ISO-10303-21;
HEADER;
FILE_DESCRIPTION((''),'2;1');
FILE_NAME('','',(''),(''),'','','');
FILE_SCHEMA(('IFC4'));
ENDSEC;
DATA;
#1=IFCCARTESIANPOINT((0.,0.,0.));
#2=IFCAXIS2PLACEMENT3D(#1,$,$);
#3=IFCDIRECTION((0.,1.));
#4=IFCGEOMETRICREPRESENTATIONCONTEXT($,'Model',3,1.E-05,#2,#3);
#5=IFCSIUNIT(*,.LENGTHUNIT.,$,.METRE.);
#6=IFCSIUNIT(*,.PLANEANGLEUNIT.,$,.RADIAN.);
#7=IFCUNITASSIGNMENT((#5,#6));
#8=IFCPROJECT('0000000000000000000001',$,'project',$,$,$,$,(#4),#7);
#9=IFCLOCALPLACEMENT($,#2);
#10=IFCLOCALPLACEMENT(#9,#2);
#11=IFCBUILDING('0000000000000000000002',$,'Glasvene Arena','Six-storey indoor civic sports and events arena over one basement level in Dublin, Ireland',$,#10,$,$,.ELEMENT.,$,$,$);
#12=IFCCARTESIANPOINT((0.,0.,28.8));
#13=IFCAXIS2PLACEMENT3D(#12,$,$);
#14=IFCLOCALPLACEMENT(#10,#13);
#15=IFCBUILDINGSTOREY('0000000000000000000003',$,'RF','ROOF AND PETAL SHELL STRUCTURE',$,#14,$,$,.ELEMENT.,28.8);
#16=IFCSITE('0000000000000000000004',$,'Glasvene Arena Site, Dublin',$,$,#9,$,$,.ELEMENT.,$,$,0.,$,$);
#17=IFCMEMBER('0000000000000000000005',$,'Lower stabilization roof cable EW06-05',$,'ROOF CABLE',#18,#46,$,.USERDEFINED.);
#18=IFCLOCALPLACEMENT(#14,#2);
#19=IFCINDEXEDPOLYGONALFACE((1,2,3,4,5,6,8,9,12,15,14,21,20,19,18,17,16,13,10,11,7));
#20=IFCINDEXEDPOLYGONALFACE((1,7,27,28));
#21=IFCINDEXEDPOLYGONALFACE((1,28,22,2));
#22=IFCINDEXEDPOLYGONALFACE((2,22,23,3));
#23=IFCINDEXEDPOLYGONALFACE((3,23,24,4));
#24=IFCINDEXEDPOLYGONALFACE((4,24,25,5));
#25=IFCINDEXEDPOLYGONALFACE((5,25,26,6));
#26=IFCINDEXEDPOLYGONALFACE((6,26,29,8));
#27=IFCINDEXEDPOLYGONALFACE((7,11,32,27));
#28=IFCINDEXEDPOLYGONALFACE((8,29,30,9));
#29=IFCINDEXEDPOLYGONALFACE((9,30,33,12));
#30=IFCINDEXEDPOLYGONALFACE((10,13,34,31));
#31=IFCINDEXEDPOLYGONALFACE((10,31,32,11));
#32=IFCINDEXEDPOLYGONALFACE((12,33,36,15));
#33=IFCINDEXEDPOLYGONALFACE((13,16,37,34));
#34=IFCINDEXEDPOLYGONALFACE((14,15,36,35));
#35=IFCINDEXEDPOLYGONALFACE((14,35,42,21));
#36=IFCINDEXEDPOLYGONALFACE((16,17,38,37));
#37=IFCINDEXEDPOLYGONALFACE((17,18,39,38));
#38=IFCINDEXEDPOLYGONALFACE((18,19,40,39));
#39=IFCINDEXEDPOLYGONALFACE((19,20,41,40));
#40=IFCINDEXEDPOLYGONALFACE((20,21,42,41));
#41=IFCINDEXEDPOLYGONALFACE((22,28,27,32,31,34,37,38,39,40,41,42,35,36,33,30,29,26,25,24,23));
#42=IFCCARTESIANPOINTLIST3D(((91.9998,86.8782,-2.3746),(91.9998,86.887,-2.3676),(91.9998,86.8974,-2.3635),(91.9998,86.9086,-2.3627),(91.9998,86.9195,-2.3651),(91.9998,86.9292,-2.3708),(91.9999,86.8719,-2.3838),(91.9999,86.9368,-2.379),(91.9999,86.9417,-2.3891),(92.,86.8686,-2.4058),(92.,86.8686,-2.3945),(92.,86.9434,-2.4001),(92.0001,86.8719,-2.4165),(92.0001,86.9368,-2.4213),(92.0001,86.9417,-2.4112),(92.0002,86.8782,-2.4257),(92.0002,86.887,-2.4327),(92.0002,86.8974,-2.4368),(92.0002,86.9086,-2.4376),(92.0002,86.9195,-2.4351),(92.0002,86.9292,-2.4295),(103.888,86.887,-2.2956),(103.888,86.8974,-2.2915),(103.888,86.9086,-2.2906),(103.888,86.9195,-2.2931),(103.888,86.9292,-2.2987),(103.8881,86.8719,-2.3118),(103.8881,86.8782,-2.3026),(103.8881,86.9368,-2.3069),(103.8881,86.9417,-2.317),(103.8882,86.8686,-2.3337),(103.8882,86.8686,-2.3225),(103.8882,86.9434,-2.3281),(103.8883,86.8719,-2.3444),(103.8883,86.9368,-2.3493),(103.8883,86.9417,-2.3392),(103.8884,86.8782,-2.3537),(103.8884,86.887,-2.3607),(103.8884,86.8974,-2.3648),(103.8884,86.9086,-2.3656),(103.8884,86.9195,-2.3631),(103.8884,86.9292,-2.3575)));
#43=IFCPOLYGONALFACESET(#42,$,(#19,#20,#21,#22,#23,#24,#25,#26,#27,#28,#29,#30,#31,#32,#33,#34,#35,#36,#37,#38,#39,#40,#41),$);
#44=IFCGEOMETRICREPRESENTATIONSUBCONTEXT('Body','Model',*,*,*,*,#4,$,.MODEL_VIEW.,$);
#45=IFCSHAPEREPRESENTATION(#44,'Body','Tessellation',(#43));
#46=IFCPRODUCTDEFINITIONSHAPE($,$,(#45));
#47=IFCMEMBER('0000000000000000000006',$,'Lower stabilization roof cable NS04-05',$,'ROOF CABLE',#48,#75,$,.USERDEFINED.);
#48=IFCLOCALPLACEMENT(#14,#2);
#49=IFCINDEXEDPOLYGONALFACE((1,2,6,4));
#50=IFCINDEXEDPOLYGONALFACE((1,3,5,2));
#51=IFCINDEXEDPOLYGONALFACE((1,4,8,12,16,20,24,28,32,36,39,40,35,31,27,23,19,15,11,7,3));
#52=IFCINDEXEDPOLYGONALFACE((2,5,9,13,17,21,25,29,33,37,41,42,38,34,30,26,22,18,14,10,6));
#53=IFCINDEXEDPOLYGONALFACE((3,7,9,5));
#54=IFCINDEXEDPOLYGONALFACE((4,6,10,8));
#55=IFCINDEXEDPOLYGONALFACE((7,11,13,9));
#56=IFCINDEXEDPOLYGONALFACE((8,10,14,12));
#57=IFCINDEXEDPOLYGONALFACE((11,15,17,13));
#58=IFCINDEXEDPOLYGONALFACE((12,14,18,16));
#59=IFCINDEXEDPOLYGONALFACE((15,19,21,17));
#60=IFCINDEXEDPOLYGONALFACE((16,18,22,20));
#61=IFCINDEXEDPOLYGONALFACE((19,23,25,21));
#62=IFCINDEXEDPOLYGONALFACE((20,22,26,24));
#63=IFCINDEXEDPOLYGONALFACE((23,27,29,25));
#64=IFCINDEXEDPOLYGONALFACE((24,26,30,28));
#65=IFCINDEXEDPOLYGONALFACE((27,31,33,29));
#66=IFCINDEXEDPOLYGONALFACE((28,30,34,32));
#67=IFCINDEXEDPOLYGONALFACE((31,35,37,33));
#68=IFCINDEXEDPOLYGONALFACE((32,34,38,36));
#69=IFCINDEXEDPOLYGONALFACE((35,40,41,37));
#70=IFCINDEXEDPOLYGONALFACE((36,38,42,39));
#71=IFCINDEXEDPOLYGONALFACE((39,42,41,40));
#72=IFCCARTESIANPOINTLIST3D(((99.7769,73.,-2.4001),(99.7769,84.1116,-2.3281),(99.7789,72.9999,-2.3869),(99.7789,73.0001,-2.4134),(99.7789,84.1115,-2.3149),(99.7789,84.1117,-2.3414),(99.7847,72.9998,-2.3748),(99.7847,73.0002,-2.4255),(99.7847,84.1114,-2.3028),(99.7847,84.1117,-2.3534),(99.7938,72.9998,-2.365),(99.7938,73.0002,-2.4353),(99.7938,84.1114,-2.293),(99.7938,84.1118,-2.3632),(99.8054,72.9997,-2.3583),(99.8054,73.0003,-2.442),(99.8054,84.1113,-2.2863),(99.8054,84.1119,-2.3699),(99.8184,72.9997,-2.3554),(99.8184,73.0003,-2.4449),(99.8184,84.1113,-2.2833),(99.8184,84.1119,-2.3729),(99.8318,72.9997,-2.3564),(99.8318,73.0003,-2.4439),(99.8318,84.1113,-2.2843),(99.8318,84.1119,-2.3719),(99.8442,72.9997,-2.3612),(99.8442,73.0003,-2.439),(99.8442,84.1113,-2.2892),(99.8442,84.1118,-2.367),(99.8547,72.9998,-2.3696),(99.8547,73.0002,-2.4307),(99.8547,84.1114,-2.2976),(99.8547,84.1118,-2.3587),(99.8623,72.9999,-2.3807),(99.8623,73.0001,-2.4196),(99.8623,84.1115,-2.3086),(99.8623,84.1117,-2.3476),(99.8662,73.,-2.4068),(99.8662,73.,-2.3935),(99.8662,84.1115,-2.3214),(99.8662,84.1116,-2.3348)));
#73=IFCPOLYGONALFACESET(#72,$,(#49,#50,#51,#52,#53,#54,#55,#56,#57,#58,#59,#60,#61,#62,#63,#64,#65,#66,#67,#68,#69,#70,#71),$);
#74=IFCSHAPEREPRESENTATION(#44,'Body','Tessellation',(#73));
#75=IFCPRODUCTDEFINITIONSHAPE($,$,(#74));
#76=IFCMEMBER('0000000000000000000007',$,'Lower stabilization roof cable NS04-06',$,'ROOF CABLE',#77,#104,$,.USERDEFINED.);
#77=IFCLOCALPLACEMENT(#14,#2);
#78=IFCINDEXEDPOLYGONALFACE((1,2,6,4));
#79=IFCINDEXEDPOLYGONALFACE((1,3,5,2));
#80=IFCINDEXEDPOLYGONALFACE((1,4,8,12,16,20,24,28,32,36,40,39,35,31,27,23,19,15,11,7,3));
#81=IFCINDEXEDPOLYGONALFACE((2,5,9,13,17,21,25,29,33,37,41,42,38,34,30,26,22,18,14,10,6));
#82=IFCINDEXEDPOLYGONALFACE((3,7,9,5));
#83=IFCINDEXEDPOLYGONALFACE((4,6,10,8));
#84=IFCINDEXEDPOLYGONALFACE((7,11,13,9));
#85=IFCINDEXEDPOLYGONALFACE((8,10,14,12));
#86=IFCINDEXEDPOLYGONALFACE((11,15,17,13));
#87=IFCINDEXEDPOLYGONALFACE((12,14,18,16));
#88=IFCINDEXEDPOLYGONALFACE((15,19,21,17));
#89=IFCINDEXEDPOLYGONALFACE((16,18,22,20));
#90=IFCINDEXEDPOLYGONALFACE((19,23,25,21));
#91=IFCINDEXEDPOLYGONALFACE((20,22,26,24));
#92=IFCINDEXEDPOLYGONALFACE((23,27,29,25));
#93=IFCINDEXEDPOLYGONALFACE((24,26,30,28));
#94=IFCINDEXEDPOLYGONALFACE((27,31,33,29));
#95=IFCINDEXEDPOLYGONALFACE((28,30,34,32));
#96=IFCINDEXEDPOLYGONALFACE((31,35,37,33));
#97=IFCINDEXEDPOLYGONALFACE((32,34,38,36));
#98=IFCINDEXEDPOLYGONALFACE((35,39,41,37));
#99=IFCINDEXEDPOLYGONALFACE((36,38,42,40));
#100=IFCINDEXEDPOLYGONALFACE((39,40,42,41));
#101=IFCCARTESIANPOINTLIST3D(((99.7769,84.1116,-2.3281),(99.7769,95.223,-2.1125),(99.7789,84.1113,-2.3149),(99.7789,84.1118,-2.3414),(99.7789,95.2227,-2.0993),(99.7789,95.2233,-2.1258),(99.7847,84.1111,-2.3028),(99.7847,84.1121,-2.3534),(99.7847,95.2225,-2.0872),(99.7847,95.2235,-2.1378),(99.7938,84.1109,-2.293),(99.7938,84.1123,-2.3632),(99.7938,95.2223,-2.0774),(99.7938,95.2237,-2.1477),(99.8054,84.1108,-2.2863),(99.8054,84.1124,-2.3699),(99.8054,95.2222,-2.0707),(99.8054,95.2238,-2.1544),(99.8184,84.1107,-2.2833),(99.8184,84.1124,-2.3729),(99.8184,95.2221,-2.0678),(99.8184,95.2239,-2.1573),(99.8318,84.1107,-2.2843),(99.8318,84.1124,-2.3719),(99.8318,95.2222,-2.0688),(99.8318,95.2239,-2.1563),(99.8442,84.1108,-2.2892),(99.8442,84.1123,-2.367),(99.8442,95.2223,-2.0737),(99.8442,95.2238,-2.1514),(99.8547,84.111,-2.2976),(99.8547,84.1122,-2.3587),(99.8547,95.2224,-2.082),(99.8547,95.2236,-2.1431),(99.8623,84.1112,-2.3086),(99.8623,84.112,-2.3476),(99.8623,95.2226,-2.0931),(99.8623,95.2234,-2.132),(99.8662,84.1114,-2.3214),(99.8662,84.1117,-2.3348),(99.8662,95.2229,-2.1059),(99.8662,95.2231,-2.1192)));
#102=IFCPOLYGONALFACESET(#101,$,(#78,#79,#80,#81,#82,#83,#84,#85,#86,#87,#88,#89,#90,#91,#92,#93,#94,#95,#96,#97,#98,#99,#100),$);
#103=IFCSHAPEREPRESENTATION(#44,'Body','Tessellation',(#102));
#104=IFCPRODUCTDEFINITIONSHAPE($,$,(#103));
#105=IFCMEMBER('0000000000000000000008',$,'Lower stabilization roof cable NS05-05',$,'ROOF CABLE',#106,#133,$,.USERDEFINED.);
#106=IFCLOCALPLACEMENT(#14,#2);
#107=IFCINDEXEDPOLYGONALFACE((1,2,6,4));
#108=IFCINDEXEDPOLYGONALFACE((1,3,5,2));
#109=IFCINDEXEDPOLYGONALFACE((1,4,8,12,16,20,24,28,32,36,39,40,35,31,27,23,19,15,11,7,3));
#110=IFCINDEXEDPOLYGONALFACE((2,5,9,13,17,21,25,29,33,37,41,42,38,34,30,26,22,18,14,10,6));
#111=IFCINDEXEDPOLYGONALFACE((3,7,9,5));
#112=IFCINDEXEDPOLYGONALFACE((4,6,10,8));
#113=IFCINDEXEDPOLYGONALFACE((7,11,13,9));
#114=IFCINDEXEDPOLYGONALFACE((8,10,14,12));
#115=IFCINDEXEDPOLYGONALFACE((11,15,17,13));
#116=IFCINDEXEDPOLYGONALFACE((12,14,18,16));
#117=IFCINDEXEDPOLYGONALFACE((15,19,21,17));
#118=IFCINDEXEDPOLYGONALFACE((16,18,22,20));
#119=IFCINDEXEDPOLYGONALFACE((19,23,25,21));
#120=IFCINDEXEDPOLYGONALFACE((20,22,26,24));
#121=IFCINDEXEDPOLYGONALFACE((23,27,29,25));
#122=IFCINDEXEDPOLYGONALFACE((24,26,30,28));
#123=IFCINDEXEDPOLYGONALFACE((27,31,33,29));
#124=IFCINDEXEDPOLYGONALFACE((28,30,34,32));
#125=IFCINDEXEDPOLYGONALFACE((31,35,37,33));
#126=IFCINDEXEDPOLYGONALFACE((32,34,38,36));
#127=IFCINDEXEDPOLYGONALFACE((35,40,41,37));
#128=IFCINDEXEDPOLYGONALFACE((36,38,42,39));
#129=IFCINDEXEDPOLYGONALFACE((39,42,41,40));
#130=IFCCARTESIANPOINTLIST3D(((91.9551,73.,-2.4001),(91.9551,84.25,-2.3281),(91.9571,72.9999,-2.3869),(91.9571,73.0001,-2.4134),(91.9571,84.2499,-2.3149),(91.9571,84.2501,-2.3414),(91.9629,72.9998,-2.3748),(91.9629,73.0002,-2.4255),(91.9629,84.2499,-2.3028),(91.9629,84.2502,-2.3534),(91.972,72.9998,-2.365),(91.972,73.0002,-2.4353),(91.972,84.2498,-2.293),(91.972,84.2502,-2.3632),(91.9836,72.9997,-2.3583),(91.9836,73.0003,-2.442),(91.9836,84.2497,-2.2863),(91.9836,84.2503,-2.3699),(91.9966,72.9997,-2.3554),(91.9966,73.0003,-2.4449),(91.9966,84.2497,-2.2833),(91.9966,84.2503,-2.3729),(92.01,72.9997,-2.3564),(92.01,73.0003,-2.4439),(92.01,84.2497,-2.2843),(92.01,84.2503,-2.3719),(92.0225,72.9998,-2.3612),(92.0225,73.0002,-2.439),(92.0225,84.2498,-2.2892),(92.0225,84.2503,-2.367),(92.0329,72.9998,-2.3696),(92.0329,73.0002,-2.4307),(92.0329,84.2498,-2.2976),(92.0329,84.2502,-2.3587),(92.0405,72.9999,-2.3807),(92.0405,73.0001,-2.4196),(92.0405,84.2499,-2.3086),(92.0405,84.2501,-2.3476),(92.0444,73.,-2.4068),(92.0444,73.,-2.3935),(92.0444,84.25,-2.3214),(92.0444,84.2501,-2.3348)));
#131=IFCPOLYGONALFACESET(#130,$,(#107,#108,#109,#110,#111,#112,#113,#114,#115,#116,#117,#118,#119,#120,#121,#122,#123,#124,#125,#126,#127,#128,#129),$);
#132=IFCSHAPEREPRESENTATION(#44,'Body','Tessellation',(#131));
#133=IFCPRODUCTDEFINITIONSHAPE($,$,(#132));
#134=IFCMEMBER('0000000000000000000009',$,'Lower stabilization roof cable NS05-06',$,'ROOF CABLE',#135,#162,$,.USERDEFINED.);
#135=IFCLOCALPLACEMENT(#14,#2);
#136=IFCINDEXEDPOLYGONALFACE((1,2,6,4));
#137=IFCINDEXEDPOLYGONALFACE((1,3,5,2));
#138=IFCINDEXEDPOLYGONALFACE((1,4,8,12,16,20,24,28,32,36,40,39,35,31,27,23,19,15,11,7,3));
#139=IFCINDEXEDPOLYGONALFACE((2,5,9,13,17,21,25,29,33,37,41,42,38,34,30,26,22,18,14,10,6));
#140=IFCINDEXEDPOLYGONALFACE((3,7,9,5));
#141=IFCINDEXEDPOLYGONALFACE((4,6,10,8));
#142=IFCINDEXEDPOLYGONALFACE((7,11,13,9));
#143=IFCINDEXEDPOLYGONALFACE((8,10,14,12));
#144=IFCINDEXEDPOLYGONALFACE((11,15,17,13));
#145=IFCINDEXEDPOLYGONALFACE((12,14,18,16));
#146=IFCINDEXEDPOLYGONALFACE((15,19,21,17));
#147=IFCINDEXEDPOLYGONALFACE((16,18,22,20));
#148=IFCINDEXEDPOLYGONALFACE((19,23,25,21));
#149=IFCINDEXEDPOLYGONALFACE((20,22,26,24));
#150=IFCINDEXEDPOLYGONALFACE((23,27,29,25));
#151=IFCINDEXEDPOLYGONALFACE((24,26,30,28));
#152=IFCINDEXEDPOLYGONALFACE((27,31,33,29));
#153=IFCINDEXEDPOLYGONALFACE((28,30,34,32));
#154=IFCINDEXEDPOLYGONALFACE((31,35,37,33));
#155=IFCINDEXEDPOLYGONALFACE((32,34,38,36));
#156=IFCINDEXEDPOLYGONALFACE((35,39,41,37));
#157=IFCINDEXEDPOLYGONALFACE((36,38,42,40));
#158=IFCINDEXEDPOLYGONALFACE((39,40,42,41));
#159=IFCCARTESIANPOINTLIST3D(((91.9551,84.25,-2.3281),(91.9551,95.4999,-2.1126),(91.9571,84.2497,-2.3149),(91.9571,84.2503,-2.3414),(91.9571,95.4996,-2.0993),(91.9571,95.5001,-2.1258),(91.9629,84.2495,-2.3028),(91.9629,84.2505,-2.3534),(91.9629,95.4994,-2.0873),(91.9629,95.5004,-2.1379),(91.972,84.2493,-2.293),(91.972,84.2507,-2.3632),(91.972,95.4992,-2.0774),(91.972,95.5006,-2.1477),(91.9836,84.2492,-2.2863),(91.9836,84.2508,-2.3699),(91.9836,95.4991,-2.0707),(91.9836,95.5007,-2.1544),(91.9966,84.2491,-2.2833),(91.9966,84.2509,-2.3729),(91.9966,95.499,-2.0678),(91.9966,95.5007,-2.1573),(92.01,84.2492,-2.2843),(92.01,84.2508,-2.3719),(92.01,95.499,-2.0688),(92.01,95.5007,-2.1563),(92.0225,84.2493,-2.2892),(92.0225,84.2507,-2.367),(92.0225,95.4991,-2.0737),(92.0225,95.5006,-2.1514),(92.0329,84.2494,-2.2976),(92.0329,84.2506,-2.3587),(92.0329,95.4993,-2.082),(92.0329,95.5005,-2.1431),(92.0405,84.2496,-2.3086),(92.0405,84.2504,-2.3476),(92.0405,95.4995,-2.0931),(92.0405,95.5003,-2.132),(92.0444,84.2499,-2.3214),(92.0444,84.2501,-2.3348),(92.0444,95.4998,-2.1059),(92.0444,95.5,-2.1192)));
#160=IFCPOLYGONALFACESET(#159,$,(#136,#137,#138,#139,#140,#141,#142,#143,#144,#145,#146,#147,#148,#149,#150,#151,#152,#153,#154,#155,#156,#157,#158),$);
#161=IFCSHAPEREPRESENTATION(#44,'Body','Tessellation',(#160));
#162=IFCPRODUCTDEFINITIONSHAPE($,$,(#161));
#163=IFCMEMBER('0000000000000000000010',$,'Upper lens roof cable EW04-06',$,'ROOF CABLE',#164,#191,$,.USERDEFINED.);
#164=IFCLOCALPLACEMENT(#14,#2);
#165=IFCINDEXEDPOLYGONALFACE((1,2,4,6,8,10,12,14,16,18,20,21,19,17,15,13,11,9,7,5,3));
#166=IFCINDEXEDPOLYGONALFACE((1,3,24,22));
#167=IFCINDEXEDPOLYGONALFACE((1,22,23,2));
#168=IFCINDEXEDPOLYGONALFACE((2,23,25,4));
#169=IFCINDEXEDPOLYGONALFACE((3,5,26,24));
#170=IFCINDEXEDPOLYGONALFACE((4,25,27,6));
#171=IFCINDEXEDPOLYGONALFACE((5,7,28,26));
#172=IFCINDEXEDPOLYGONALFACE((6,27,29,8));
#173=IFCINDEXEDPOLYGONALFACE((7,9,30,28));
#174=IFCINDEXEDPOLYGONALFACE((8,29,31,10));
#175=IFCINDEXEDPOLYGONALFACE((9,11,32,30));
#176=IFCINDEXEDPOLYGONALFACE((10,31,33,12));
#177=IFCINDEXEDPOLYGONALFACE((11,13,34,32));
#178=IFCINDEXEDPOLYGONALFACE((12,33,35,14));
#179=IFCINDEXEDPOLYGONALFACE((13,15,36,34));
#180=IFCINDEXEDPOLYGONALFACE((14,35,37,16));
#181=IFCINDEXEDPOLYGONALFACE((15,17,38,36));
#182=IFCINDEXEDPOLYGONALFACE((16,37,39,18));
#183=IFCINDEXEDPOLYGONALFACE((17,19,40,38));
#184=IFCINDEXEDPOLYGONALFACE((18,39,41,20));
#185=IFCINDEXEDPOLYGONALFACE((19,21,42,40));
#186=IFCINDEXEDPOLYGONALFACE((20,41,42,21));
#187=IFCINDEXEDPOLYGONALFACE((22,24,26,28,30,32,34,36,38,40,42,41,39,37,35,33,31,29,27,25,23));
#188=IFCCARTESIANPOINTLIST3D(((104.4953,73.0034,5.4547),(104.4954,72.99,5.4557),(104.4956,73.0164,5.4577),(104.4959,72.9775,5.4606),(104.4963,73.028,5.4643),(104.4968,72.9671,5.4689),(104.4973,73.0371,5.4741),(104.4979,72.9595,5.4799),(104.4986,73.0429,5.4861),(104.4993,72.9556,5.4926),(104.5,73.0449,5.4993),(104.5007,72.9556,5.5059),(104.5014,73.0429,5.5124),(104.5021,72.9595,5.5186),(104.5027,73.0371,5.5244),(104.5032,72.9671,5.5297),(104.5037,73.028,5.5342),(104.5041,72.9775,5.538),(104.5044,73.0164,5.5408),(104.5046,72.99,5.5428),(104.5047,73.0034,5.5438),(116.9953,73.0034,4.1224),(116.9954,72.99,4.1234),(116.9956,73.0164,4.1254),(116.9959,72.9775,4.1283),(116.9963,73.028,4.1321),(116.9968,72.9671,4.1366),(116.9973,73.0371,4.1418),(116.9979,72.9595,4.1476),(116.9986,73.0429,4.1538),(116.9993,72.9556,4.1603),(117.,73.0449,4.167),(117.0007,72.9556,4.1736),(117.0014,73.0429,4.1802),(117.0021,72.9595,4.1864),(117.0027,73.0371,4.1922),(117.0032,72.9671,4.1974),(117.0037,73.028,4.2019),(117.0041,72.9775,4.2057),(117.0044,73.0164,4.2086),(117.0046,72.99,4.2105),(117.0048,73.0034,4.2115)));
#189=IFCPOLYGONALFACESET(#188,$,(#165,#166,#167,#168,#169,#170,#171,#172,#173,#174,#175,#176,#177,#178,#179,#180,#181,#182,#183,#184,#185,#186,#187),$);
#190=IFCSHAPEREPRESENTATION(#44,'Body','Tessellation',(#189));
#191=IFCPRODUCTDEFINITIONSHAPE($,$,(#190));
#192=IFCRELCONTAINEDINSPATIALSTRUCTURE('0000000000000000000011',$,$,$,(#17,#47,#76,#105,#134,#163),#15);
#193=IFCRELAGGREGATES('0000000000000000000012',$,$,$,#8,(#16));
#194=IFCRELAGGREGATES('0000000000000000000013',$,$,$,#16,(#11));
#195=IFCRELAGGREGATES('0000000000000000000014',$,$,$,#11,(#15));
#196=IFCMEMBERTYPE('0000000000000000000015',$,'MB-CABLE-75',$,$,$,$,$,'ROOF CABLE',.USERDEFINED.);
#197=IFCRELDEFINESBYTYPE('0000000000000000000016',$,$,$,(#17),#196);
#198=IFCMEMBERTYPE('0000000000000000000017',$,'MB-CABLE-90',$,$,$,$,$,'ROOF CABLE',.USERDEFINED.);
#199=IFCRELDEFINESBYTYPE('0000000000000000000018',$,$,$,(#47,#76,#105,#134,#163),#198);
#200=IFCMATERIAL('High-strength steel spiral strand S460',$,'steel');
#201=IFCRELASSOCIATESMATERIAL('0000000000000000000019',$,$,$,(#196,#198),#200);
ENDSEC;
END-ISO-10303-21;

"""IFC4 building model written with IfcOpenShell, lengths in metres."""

from ifc_helpers import new_model, si_unit, direction, frame, origin, origin_2d, place, context, subcontext, project, spatial, circle, extrude, material, material_profile, profile_set, type_object, element, save


model = new_model("IFC4")

# Units and contexts
model_context = context("Model", 3, precision=1e-05, world=origin(), true_north=direction((0.0, 1.0)))
body_context = subcontext(model_context, "Body", "Model", "MODEL_VIEW")
ifc_project = project(units=[si_unit("LENGTHUNIT", "METRE"), si_unit("PLANEANGLEUNIT", "RADIAN")], contexts=[model_context])

# Site, building, storey
site_placement = place(None, origin())
site = spatial("IfcSite", under=ifc_project, at=site_placement, Name="Glasvene Arena Site, Dublin", CompositionType="ELEMENT", RefElevation=0.0)
building_placement = place(site_placement, origin())
building = spatial("IfcBuilding", under=site, at=building_placement, Name="Glasvene Arena", Description="Six-storey indoor civic sports and events arena over one basement level in Dublin, Ireland", CompositionType="ELEMENT")
storey_placement = place(building_placement, frame((0.0, 0.0, 28.8)))
storey = spatial("IfcBuildingStorey", under=building, at=storey_placement, Name="RF", Description="ROOF AND PETAL SHELL STRUCTURE", CompositionType="ELEMENT", Elevation=28.8)

# Members
ifc_material_1 = material(Name="High-strength steel spiral strand S460", Category="steel")
ifc_material_profile_1 = material_profile(ifc_material_1, circle(Radius=0.0376, at=origin_2d()), Name="LCSS D75")
ifc_profile_set_1 = profile_set([ifc_material_profile_1], Name="High-strength steel spiral strand S460")
member_type_1 = type_object("IfcMemberType", Name="MB-CABLE-75", ElementType="ROOF CABLE", PredefinedType="USERDEFINED", material=ifc_profile_set_1)
member_1_placement = place(storey_placement, frame((92.0, 86.9058, -2.4001), z_axis=(0.999982, 0.0, 0.006058), x_axis=(0.0, 1.0, 0.0)))
element("IfcMember", 1, at=member_1_placement, inside=storey, type_object=member_type_1, Name="Lower stabilization roof cable EW06-05", ObjectType="ROOF CABLE", PredefinedType="USERDEFINED", context=body_context, shape_type="SweptSolid", body=[
    extrude(circle(Radius=0.0376, at=origin_2d()), origin(), (0.0, 0.0, 1.0), 11.8884),
])
ifc_material_profile_2 = material_profile(ifc_material_1, circle(Radius=0.0449, at=origin_2d()), Name="LCSS D90")
ifc_profile_set_2 = profile_set([ifc_material_profile_2], Name="High-strength steel spiral strand S460")
member_type_2 = type_object("IfcMemberType", Name="MB-CABLE-90", ElementType="ROOF CABLE", PredefinedType="USERDEFINED", material=ifc_profile_set_2)
member_2_placement = place(storey_placement, frame((99.8218, 73.0, -2.4001), z_axis=(0.0, 0.999979, 0.006482), x_axis=(-1.0, 0.0, 0.0)))
element("IfcMember", 2, at=member_2_placement, inside=storey, type_object=member_type_2, Name="Lower stabilization roof cable NS04-05", ObjectType="ROOF CABLE", PredefinedType="USERDEFINED", context=body_context, shape_type="SweptSolid", body=[
    extrude(circle(Radius=0.0449, at=origin_2d()), origin(), (0.0, 0.0, 1.0), 11.1118),
])
member_3_placement = place(storey_placement, frame((99.8218, 84.1116, -2.3281), z_axis=(0.0, 0.999812, 0.019398), x_axis=(-1.0, 0.0, 0.0)))
element("IfcMember", 3, at=member_3_placement, inside=storey, type_object=member_type_2, Name="Lower stabilization roof cable NS04-06", ObjectType="ROOF CABLE", PredefinedType="USERDEFINED", context=body_context, shape_type="SweptSolid", body=[
    extrude(circle(Radius=0.0449, at=origin_2d()), origin(), (0.0, 0.0, 1.0), 11.1135),
])
member_4_placement = place(storey_placement, frame((92.0, 73.0, -2.4001), z_axis=(0.0, 0.99998, 0.006402), x_axis=(-1.0, 0.0, 0.0)))
element("IfcMember", 4, at=member_4_placement, inside=storey, type_object=member_type_2, Name="Lower stabilization roof cable NS05-05", ObjectType="ROOF CABLE", PredefinedType="USERDEFINED", context=body_context, shape_type="SweptSolid", body=[
    extrude(circle(Radius=0.0449, at=origin_2d()), origin(), (0.0, 0.0, 1.0), 11.2502),
])
member_5_placement = place(storey_placement, frame((92.0, 84.25, -2.3281), z_axis=(0.0, 0.999816, 0.019159), x_axis=(-1.0, 0.0, 0.0)))
element("IfcMember", 5, at=member_5_placement, inside=storey, type_object=member_type_2, Name="Lower stabilization roof cable NS05-06", ObjectType="ROOF CABLE", PredefinedType="USERDEFINED", context=body_context, shape_type="SweptSolid", body=[
    extrude(circle(Radius=0.0449, at=origin_2d()), origin(), (0.0, 0.0, 1.0), 11.252),
])
member_6_placement = place(storey_placement, frame((104.5, 73.0, 5.4993), z_axis=(0.994368, 0.0, -0.105982), x_axis=(0.0, 1.0, 0.0)))
element("IfcMember", 6, at=member_6_placement, inside=storey, type_object=member_type_2, Name="Upper lens roof cable EW04-06", ObjectType="ROOF CABLE", PredefinedType="USERDEFINED", context=body_context, shape_type="SweptSolid", body=[
    extrude(circle(Radius=0.0449, at=origin_2d()), origin(), (0.0, 0.0, 1.0), 12.5708),
])

save(model, "model.ifc")
